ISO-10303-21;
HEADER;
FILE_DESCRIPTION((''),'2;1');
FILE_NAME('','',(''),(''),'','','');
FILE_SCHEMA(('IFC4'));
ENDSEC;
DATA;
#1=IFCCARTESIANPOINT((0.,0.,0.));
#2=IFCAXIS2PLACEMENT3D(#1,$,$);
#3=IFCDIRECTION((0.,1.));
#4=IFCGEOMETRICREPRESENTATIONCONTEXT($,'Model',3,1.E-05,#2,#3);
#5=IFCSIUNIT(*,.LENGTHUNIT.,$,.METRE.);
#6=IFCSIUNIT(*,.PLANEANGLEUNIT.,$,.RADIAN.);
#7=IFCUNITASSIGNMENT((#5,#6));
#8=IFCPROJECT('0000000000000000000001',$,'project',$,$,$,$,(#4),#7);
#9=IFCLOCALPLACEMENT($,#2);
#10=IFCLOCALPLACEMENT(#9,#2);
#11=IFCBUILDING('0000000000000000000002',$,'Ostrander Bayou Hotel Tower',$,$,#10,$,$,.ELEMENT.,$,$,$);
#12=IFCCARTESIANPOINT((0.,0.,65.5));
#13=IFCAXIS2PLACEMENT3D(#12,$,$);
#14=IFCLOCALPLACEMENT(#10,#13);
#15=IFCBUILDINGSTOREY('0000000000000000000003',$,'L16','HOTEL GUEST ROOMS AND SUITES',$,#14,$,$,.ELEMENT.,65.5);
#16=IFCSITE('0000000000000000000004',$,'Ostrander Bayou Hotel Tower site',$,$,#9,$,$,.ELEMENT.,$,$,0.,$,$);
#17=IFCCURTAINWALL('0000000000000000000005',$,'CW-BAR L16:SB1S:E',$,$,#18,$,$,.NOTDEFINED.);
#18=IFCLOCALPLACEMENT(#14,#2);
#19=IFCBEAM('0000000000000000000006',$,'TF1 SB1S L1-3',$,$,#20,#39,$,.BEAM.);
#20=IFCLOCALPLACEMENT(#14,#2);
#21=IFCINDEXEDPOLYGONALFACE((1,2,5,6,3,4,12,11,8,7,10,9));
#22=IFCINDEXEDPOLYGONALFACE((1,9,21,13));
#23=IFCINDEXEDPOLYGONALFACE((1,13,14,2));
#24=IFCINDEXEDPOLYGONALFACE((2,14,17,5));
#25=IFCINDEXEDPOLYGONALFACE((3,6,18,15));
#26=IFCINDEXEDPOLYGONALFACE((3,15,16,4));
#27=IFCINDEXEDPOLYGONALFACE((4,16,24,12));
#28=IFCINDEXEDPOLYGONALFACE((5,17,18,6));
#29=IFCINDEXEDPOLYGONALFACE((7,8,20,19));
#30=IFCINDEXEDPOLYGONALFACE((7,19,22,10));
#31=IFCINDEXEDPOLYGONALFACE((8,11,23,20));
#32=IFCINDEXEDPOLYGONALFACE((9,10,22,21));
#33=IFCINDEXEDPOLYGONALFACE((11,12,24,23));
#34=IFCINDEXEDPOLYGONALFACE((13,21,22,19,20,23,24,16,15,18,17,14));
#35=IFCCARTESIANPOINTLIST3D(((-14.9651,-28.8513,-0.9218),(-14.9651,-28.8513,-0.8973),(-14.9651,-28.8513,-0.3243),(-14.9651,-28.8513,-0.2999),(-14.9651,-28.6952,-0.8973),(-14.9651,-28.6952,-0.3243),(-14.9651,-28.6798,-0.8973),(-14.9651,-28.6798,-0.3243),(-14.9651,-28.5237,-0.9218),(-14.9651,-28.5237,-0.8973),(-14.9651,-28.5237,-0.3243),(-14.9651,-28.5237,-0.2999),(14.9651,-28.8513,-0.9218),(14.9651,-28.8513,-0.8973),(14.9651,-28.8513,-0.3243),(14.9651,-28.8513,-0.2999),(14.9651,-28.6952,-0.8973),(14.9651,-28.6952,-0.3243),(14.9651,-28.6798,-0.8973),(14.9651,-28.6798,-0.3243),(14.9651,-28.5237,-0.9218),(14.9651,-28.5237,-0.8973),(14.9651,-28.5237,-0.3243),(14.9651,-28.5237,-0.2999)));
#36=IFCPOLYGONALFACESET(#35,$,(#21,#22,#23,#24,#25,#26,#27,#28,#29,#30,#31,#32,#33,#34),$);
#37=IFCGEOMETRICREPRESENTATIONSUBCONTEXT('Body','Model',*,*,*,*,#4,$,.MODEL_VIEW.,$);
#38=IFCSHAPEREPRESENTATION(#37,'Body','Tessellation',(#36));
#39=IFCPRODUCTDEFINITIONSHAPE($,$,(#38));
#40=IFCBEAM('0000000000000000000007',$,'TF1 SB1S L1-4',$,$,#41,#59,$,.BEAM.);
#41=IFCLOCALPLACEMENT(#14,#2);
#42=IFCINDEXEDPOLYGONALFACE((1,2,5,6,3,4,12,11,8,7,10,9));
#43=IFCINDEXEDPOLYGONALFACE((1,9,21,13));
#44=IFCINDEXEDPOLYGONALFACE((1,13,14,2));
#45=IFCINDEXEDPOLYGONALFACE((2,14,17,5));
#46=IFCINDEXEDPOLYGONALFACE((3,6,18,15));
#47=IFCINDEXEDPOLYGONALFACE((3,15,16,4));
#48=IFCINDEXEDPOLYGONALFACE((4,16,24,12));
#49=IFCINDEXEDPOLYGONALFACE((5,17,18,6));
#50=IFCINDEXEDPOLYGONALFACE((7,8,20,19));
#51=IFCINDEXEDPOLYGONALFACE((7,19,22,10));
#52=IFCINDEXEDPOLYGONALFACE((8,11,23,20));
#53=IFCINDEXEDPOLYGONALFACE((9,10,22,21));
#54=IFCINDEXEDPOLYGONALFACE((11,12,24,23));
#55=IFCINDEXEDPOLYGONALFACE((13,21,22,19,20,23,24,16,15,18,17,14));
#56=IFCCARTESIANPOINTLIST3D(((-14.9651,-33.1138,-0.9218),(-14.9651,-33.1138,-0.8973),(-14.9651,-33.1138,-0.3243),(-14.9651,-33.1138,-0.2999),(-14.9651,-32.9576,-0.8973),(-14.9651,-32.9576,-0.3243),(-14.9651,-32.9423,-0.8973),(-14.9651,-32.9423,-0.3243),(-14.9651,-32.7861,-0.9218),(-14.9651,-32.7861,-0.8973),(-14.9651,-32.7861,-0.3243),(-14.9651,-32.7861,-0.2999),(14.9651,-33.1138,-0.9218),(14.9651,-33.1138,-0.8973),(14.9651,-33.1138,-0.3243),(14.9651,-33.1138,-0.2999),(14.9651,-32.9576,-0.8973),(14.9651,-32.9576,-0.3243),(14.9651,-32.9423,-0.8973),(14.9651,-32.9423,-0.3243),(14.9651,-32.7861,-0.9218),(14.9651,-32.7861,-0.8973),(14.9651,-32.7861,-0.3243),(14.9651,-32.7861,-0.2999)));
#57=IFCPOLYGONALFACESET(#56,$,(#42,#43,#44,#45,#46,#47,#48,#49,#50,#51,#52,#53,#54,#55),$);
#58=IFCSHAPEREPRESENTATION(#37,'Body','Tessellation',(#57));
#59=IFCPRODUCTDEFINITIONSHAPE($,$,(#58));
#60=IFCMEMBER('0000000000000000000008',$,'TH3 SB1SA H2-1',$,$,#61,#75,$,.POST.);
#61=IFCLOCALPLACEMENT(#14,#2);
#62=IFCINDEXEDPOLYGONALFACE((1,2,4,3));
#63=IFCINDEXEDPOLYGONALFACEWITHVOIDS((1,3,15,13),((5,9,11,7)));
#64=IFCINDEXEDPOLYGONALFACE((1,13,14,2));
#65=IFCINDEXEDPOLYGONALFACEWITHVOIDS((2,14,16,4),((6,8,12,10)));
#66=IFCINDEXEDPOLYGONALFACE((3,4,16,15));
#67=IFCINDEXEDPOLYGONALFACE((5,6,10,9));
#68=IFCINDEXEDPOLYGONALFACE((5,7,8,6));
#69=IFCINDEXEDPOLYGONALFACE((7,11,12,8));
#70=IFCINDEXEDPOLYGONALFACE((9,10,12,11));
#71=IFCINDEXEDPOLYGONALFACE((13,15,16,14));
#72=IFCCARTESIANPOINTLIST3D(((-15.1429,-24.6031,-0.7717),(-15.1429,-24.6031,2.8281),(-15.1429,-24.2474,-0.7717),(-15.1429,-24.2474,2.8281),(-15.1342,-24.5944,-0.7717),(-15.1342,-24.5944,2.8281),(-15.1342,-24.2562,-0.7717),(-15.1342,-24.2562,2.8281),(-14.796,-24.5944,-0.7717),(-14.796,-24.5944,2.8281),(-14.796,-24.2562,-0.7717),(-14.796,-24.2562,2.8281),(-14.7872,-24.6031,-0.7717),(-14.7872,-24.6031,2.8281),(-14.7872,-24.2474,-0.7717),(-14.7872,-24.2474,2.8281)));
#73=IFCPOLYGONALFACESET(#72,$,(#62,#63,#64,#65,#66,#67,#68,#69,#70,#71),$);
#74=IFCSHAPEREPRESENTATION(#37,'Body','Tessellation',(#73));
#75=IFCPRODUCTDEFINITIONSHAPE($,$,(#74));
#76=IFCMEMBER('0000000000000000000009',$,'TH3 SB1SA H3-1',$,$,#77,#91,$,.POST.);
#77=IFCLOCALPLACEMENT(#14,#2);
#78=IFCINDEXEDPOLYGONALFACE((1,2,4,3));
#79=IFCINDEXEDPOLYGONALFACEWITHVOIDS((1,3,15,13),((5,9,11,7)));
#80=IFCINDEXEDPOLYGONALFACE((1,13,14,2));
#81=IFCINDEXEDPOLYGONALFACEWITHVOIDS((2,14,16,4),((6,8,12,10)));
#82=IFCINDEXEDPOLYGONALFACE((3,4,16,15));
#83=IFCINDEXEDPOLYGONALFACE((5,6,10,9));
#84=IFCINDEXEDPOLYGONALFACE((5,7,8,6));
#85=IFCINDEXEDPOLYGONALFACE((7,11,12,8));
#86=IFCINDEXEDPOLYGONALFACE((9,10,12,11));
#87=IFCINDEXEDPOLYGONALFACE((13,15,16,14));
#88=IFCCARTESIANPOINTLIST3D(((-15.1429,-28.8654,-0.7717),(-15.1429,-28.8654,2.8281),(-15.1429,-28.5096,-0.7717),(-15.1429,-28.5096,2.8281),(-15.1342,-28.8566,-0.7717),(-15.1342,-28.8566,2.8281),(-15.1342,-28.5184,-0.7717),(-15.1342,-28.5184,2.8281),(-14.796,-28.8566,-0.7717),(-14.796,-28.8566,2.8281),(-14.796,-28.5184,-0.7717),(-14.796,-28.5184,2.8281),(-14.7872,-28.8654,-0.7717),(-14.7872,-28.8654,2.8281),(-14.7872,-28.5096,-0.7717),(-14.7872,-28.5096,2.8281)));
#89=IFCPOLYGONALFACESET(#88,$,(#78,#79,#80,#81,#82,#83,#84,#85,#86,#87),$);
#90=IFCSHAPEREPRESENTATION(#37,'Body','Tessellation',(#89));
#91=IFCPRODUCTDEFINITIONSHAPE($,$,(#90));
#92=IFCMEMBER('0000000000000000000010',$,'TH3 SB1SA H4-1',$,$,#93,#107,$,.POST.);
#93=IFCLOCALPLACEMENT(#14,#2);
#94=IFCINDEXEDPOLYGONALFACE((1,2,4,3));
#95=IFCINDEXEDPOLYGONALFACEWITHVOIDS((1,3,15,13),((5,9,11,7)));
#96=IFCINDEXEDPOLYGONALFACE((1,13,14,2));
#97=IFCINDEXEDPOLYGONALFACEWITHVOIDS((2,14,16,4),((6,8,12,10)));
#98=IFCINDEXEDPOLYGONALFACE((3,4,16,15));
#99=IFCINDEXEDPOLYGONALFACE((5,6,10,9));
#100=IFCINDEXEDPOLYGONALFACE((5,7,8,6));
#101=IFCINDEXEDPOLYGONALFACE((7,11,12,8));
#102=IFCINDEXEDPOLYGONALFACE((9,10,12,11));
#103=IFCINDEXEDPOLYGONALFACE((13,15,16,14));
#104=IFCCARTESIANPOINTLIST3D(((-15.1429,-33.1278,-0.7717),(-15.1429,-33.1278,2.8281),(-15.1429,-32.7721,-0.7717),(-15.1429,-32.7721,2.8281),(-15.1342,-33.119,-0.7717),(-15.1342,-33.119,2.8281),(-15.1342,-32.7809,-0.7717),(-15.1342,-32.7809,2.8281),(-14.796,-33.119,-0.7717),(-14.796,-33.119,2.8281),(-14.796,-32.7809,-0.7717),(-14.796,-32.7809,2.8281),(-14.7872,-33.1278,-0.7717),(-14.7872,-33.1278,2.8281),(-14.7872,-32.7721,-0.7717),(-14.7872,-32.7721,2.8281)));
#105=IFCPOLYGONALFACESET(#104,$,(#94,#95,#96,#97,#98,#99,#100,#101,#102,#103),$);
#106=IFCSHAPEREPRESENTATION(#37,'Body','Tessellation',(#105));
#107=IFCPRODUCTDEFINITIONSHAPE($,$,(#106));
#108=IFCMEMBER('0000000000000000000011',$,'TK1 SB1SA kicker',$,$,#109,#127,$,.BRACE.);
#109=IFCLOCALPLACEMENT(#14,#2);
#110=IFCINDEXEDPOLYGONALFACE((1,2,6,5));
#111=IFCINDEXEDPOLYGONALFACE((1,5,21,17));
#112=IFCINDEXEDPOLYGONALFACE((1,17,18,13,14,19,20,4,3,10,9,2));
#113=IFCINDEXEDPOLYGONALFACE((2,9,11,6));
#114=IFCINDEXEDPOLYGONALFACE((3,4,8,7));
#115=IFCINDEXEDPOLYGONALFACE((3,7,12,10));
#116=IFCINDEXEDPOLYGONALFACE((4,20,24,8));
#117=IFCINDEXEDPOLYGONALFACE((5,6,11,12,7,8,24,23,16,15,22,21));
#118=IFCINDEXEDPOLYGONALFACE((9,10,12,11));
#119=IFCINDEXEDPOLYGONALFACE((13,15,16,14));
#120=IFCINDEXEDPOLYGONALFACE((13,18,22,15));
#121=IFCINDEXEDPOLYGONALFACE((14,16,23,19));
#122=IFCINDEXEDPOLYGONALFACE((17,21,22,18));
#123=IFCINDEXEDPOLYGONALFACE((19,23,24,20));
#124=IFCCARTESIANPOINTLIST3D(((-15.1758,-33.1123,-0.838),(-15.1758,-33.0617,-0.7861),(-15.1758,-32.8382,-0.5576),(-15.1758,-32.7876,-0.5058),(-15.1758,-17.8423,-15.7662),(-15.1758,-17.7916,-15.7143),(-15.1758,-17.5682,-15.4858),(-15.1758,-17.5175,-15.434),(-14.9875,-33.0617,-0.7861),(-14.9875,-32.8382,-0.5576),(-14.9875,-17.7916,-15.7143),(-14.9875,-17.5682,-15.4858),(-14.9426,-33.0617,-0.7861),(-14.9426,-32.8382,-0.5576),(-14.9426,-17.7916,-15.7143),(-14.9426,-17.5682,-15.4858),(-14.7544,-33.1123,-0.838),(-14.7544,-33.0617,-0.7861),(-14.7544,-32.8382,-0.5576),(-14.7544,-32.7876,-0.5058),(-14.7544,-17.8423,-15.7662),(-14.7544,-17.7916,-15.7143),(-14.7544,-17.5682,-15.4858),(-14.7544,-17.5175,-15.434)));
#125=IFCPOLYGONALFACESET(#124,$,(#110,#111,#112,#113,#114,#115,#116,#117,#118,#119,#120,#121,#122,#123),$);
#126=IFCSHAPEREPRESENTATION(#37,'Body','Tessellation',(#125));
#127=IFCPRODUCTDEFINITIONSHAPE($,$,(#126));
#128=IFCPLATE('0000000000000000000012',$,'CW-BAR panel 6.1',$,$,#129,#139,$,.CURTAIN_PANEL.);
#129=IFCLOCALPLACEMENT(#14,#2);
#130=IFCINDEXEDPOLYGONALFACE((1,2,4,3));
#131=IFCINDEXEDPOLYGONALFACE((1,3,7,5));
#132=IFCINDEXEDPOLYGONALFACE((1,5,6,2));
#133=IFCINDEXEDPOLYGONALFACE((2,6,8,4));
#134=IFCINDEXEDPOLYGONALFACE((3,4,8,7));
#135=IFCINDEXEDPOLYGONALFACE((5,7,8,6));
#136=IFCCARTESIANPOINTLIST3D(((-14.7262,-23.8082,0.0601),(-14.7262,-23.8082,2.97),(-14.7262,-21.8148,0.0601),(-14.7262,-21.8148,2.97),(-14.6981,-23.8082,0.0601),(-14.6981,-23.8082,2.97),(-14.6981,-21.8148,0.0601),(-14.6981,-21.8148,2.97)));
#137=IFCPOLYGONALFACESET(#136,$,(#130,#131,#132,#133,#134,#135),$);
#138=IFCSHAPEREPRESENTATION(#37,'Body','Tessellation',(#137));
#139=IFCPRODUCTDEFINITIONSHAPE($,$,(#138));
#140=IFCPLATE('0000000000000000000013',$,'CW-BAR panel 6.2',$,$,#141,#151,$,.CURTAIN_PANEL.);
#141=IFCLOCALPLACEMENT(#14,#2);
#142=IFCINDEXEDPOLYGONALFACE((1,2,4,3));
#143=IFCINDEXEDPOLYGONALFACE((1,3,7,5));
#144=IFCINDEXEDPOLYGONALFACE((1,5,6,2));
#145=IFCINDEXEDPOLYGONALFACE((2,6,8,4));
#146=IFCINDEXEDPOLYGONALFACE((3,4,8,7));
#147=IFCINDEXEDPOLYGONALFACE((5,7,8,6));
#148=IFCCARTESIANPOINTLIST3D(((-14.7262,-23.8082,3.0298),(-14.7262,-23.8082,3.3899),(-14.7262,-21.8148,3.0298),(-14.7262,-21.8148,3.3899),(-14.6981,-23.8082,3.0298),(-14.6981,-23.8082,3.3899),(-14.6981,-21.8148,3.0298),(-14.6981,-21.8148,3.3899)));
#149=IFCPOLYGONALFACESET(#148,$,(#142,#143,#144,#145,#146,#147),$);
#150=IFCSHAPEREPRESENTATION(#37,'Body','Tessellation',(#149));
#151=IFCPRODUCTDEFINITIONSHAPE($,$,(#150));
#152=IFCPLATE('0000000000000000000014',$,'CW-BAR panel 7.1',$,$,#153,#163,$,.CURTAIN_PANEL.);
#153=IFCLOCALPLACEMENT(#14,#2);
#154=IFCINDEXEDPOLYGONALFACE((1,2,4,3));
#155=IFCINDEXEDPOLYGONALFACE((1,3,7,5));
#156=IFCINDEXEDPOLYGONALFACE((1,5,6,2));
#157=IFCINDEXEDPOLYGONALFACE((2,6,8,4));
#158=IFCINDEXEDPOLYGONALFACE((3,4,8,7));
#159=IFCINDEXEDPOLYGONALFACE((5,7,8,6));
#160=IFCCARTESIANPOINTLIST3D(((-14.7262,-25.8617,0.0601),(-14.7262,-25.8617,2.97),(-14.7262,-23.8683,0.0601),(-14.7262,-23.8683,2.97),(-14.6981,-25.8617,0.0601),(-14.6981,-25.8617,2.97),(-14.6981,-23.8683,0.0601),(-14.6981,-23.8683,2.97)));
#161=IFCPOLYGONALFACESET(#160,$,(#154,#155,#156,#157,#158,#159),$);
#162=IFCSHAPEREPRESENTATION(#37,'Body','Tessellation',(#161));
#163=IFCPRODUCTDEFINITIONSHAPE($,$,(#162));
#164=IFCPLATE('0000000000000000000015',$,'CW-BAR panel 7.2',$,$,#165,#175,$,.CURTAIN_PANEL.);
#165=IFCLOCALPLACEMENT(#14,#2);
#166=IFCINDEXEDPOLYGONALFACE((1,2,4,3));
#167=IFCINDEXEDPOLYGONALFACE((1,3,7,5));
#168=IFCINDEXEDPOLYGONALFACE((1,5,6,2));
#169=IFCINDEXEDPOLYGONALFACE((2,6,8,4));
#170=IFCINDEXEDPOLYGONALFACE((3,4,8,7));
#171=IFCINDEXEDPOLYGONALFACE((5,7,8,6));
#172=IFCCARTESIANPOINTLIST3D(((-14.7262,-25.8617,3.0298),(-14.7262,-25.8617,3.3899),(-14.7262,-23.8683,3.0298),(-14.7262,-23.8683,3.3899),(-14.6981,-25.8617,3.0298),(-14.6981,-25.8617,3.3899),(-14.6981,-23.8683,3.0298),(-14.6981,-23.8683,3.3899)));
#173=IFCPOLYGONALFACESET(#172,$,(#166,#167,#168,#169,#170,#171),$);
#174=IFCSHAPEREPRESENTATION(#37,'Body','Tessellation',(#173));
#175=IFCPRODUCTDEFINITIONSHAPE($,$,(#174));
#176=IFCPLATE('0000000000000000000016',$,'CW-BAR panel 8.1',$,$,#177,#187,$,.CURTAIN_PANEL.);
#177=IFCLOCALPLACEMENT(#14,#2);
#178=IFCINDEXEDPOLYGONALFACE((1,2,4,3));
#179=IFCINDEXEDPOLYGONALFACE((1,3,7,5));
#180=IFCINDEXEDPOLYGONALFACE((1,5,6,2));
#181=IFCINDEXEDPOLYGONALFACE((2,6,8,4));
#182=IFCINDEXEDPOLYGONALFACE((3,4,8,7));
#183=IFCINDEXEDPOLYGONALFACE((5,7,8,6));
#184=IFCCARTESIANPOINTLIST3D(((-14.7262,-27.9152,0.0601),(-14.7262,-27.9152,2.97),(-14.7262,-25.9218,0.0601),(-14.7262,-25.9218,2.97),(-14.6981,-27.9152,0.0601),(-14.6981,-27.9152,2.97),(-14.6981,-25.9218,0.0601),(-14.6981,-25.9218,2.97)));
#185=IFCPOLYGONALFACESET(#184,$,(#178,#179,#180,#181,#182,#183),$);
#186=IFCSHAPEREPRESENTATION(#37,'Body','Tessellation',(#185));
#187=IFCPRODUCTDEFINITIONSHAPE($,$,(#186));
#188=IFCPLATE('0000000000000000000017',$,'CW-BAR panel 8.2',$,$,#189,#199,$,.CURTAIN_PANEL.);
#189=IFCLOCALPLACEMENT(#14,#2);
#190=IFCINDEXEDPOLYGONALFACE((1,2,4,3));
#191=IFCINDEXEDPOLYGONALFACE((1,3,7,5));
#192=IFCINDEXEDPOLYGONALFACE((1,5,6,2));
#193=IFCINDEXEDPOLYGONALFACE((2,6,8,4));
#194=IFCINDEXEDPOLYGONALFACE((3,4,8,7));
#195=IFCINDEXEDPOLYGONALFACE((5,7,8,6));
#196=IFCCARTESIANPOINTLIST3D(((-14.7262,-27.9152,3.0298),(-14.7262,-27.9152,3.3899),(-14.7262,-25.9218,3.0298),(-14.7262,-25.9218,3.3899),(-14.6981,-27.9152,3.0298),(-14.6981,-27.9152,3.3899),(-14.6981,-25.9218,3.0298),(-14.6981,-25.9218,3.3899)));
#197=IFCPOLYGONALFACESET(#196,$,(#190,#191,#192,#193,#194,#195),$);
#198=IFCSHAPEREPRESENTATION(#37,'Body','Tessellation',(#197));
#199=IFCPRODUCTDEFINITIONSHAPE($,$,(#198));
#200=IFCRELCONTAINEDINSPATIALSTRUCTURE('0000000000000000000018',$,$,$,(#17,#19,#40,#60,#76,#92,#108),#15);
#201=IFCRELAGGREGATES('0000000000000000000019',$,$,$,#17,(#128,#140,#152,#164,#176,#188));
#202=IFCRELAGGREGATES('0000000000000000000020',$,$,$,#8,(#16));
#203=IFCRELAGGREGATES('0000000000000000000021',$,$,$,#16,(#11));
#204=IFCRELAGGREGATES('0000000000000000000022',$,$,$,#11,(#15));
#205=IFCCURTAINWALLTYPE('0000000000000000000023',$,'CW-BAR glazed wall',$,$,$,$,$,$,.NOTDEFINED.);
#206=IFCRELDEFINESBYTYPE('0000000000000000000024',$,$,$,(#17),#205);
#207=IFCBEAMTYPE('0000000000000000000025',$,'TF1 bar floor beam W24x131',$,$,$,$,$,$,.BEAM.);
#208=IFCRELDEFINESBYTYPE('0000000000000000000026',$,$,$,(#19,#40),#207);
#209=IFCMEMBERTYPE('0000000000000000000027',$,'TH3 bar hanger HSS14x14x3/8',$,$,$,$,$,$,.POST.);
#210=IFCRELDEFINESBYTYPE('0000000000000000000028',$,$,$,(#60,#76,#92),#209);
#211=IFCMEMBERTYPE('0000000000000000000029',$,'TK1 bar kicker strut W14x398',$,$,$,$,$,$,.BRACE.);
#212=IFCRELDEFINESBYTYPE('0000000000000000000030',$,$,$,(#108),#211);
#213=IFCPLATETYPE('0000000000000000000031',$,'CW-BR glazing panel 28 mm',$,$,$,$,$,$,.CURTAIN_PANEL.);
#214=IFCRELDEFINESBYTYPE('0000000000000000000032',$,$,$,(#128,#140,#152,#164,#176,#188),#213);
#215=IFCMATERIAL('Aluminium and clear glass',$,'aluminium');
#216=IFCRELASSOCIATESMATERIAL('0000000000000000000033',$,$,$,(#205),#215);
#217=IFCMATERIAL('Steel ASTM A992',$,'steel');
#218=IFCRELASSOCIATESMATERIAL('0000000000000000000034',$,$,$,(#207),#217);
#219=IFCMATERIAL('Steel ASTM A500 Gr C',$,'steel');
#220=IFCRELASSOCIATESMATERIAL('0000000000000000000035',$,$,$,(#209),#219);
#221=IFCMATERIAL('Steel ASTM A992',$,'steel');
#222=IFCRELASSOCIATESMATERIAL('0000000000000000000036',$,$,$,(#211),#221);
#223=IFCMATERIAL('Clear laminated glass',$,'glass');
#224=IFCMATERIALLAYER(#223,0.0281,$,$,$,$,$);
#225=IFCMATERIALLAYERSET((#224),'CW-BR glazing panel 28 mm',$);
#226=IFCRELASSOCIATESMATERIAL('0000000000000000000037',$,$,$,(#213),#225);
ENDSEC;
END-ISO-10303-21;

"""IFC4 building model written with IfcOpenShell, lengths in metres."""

from ifc_helpers import new_model, si_unit, direction, frame, origin, origin_2d, place, context, subcontext, project, spatial, rectangle, hollow_rectangle, i_section, extrude, material, layer, layer_set, material_profile, profile_set, type_object, element, aggregate, save


model = new_model("IFC4")

# Units and contexts
model_context = context("Model", 3, precision=1e-05, world=origin(), true_north=direction((0.0, 1.0)))
body_context = subcontext(model_context, "Body", "Model", "MODEL_VIEW")
ifc_project = project(units=[si_unit("LENGTHUNIT", "METRE"), si_unit("PLANEANGLEUNIT", "RADIAN")], contexts=[model_context])

# Site, building, storey
site_placement = place(None, origin())
site = spatial("IfcSite", under=ifc_project, at=site_placement, Name="Ostrander Bayou Hotel Tower site", CompositionType="ELEMENT", RefElevation=0.0)
building_placement = place(site_placement, origin())
building = spatial("IfcBuilding", under=site, at=building_placement, Name="Ostrander Bayou Hotel Tower", CompositionType="ELEMENT")
storey_placement = place(building_placement, frame((0.0, 0.0, 65.5)))
storey = spatial("IfcBuildingStorey", under=building, at=storey_placement, Name="L16", Description="HOTEL GUEST ROOMS AND SUITES", CompositionType="ELEMENT", Elevation=65.5)

# Curtain wall
ifc_material_1 = material(Name="Aluminium and clear glass", Category="aluminium")
curtain_wall_type = type_object("IfcCurtainWallType", Name="CW-BAR glazed wall", PredefinedType="NOTDEFINED", material=ifc_material_1)
curtain_wall_1_placement = place(storey_placement, origin())
curtain_wall_1 = element("IfcCurtainWall", 1, at=curtain_wall_1_placement, inside=storey, type_object=curtain_wall_type, Name="CW-BAR L16:SB1S:E", PredefinedType="NOTDEFINED")

# Beams
ifc_material_2 = material(Name="Steel ASTM A992", Category="steel")
ifc_material_profile_1 = material_profile(ifc_material_2, i_section(OverallWidth=0.3276, OverallDepth=0.6218, WebThickness=0.0154, FlangeThickness=0.0244, at=origin_2d()))
ifc_profile_set_1 = profile_set([ifc_material_profile_1], Name="Steel ASTM A992")
beam_type = type_object("IfcBeamType", Name="TF1 bar floor beam W24x131", PredefinedType="BEAM", material=ifc_profile_set_1)
for number, where, z_axis, x_axis, name in (
    (2, (-14.9651, -28.6875, -0.6108), (1.0, 0.0, 0.0), (0.0, 1.0, 0.0), "TF1 SB1S L1-3"),
    (3, (-14.9651, -32.95, -0.6108), (1.0, 0.0, 0.0), (0.0, 1.0, 0.0), "TF1 SB1S L1-4"),
):
    element("IfcBeam", number, at=place(storey_placement, frame(where, z_axis=z_axis, x_axis=x_axis)), inside=storey, type_object=beam_type, Name=name, PredefinedType="BEAM", context=body_context, shape_type="SweptSolid", body=[
        extrude(i_section(OverallWidth=0.3276, OverallDepth=0.6218, WebThickness=0.0154, FlangeThickness=0.0244, at=origin_2d()), origin(), (0.0, 0.0, 1.0), 29.9302),
    ])

# Members
ifc_material_3 = material(Name="Steel ASTM A500 Gr C", Category="steel")
ifc_material_profile_2 = material_profile(ifc_material_3, hollow_rectangle(XDim=0.3557, YDim=0.3557, WallThickness=0.0088, at=origin_2d()))
ifc_profile_set_2 = profile_set([ifc_material_profile_2], Name="Steel ASTM A500 Gr C")
member_type_1 = type_object("IfcMemberType", Name="TH3 bar hanger HSS14x14x3/8", PredefinedType="POST", material=ifc_profile_set_2)
for number, where, z_axis, x_axis, name in (
    (4, (-14.9651, -24.4253, -0.7717), (0.0, 0.0, 1.0), (1.0, 0.0, 0.0), "TH3 SB1SA H2-1"),
    (5, (-14.9651, -28.6875, -0.7717), (0.0, 0.0, 1.0), (1.0, 0.0, 0.0), "TH3 SB1SA H3-1"),
    (6, (-14.9651, -32.95, -0.7717), (0.0, 0.0, 1.0), (1.0, 0.0, 0.0), "TH3 SB1SA H4-1"),
):
    element("IfcMember", number, at=place(storey_placement, frame(where, z_axis=z_axis, x_axis=x_axis)), inside=storey, type_object=member_type_1, Name=name, PredefinedType="POST", context=body_context, shape_type="SweptSolid", body=[
        extrude(hollow_rectangle(XDim=0.3557, YDim=0.3557, WallThickness=0.0088, at=origin_2d()), origin(), (0.0, 0.0, 1.0), 3.5999),
    ])
ifc_material_4 = material(Name="Steel ASTM A992", Category="steel")
ifc_material_profile_3 = material_profile(ifc_material_4, i_section(OverallWidth=0.4214, OverallDepth=0.4646, WebThickness=0.0449, FlangeThickness=0.0725, at=origin_2d()))
ifc_profile_set_3 = profile_set([ifc_material_profile_3], Name="Steel ASTM A992")
member_type_2 = type_object("IfcMemberType", Name="TK1 bar kicker strut W14x398", PredefinedType="BRACE", material=ifc_profile_set_3)
member_1_placement = place(storey_placement, frame((-14.9651, -32.95, -0.6719), z_axis=(0.0, 0.715064, -0.699059), x_axis=(-1.0, 0.0, 0.0)))
element("IfcMember", 7, at=member_1_placement, inside=storey, type_object=member_type_2, Name="TK1 SB1SA kicker", PredefinedType="BRACE", context=body_context, shape_type="SweptSolid", body=[
    extrude(i_section(OverallWidth=0.4214, OverallDepth=0.4646, WebThickness=0.0449, FlangeThickness=0.0725, at=origin_2d()), origin(), (0.0, 0.0, 1.0), 21.3547),
])

# Plates
ifc_material_5 = material(Name="Clear laminated glass", Category="glass")
ifc_layer_1 = layer(ifc_material_5, 0.0281)
ifc_layer_set_1 = layer_set([ifc_layer_1], Name="CW-BR glazing panel 28 mm")
plate_type = type_object("IfcPlateType", Name="CW-BR glazing panel 28 mm", PredefinedType="CURTAIN_PANEL", material=ifc_layer_set_1)
plate_1_placement = place(storey_placement, frame((-14.7122, -22.8115, 0.0601), z_axis=(0.0, 0.0, 1.0), x_axis=(0.0, -1.0, 0.0)))
plate_1 = element("IfcPlate", 8, at=plate_1_placement, type_object=plate_type, Name="CW-BAR panel 6.1", PredefinedType="CURTAIN_PANEL", context=body_context, shape_type="SweptSolid", body=[
    extrude(rectangle(XDim=1.9934, YDim=0.0281, at=origin_2d()), origin(), (0.0, 0.0, 1.0), 2.9099),
])
plate_2_placement = place(storey_placement, frame((-14.7122, -22.8115, 3.0298), z_axis=(0.0, 0.0, 1.0), x_axis=(0.0, -1.0, 0.0)))
plate_2 = element("IfcPlate", 9, at=plate_2_placement, type_object=plate_type, Name="CW-BAR panel 6.2", PredefinedType="CURTAIN_PANEL", context=body_context, shape_type="SweptSolid", body=[
    extrude(rectangle(XDim=1.9934, YDim=0.0281, at=origin_2d()), origin(), (0.0, 0.0, 1.0), 0.3601),
])
plate_3_placement = place(storey_placement, frame((-14.7122, -24.865, 0.0601), z_axis=(0.0, 0.0, 1.0), x_axis=(0.0, -1.0, 0.0)))
plate_3 = element("IfcPlate", 10, at=plate_3_placement, type_object=plate_type, Name="CW-BAR panel 7.1", PredefinedType="CURTAIN_PANEL", context=body_context, shape_type="SweptSolid", body=[
    extrude(rectangle(XDim=1.9934, YDim=0.0281, at=origin_2d()), origin(), (0.0, 0.0, 1.0), 2.9099),
])
plate_4_placement = place(storey_placement, frame((-14.7122, -24.865, 3.0298), z_axis=(0.0, 0.0, 1.0), x_axis=(0.0, -1.0, 0.0)))
plate_4 = element("IfcPlate", 11, at=plate_4_placement, type_object=plate_type, Name="CW-BAR panel 7.2", PredefinedType="CURTAIN_PANEL", context=body_context, shape_type="SweptSolid", body=[
    extrude(rectangle(XDim=1.9934, YDim=0.0281, at=origin_2d()), origin(), (0.0, 0.0, 1.0), 0.3601),
])
plate_5_placement = place(storey_placement, frame((-14.7122, -26.9185, 0.0601), z_axis=(0.0, 0.0, 1.0), x_axis=(0.0, -1.0, 0.0)))
plate_5 = element("IfcPlate", 12, at=plate_5_placement, type_object=plate_type, Name="CW-BAR panel 8.1", PredefinedType="CURTAIN_PANEL", context=body_context, shape_type="SweptSolid", body=[
    extrude(rectangle(XDim=1.9934, YDim=0.0281, at=origin_2d()), origin(), (0.0, 0.0, 1.0), 2.9099),
])
plate_6_placement = place(storey_placement, frame((-14.7122, -26.9185, 3.0298), z_axis=(0.0, 0.0, 1.0), x_axis=(0.0, -1.0, 0.0)))
plate_6 = element("IfcPlate", 13, at=plate_6_placement, type_object=plate_type, Name="CW-BAR panel 8.2", PredefinedType="CURTAIN_PANEL", context=body_context, shape_type="SweptSolid", body=[
    extrude(rectangle(XDim=1.9934, YDim=0.0281, at=origin_2d()), origin(), (0.0, 0.0, 1.0), 0.3601),
])
aggregate(curtain_wall_1, [plate_1, plate_2, plate_3, plate_4, plate_5, plate_6])

save(model, "model.ifc")
